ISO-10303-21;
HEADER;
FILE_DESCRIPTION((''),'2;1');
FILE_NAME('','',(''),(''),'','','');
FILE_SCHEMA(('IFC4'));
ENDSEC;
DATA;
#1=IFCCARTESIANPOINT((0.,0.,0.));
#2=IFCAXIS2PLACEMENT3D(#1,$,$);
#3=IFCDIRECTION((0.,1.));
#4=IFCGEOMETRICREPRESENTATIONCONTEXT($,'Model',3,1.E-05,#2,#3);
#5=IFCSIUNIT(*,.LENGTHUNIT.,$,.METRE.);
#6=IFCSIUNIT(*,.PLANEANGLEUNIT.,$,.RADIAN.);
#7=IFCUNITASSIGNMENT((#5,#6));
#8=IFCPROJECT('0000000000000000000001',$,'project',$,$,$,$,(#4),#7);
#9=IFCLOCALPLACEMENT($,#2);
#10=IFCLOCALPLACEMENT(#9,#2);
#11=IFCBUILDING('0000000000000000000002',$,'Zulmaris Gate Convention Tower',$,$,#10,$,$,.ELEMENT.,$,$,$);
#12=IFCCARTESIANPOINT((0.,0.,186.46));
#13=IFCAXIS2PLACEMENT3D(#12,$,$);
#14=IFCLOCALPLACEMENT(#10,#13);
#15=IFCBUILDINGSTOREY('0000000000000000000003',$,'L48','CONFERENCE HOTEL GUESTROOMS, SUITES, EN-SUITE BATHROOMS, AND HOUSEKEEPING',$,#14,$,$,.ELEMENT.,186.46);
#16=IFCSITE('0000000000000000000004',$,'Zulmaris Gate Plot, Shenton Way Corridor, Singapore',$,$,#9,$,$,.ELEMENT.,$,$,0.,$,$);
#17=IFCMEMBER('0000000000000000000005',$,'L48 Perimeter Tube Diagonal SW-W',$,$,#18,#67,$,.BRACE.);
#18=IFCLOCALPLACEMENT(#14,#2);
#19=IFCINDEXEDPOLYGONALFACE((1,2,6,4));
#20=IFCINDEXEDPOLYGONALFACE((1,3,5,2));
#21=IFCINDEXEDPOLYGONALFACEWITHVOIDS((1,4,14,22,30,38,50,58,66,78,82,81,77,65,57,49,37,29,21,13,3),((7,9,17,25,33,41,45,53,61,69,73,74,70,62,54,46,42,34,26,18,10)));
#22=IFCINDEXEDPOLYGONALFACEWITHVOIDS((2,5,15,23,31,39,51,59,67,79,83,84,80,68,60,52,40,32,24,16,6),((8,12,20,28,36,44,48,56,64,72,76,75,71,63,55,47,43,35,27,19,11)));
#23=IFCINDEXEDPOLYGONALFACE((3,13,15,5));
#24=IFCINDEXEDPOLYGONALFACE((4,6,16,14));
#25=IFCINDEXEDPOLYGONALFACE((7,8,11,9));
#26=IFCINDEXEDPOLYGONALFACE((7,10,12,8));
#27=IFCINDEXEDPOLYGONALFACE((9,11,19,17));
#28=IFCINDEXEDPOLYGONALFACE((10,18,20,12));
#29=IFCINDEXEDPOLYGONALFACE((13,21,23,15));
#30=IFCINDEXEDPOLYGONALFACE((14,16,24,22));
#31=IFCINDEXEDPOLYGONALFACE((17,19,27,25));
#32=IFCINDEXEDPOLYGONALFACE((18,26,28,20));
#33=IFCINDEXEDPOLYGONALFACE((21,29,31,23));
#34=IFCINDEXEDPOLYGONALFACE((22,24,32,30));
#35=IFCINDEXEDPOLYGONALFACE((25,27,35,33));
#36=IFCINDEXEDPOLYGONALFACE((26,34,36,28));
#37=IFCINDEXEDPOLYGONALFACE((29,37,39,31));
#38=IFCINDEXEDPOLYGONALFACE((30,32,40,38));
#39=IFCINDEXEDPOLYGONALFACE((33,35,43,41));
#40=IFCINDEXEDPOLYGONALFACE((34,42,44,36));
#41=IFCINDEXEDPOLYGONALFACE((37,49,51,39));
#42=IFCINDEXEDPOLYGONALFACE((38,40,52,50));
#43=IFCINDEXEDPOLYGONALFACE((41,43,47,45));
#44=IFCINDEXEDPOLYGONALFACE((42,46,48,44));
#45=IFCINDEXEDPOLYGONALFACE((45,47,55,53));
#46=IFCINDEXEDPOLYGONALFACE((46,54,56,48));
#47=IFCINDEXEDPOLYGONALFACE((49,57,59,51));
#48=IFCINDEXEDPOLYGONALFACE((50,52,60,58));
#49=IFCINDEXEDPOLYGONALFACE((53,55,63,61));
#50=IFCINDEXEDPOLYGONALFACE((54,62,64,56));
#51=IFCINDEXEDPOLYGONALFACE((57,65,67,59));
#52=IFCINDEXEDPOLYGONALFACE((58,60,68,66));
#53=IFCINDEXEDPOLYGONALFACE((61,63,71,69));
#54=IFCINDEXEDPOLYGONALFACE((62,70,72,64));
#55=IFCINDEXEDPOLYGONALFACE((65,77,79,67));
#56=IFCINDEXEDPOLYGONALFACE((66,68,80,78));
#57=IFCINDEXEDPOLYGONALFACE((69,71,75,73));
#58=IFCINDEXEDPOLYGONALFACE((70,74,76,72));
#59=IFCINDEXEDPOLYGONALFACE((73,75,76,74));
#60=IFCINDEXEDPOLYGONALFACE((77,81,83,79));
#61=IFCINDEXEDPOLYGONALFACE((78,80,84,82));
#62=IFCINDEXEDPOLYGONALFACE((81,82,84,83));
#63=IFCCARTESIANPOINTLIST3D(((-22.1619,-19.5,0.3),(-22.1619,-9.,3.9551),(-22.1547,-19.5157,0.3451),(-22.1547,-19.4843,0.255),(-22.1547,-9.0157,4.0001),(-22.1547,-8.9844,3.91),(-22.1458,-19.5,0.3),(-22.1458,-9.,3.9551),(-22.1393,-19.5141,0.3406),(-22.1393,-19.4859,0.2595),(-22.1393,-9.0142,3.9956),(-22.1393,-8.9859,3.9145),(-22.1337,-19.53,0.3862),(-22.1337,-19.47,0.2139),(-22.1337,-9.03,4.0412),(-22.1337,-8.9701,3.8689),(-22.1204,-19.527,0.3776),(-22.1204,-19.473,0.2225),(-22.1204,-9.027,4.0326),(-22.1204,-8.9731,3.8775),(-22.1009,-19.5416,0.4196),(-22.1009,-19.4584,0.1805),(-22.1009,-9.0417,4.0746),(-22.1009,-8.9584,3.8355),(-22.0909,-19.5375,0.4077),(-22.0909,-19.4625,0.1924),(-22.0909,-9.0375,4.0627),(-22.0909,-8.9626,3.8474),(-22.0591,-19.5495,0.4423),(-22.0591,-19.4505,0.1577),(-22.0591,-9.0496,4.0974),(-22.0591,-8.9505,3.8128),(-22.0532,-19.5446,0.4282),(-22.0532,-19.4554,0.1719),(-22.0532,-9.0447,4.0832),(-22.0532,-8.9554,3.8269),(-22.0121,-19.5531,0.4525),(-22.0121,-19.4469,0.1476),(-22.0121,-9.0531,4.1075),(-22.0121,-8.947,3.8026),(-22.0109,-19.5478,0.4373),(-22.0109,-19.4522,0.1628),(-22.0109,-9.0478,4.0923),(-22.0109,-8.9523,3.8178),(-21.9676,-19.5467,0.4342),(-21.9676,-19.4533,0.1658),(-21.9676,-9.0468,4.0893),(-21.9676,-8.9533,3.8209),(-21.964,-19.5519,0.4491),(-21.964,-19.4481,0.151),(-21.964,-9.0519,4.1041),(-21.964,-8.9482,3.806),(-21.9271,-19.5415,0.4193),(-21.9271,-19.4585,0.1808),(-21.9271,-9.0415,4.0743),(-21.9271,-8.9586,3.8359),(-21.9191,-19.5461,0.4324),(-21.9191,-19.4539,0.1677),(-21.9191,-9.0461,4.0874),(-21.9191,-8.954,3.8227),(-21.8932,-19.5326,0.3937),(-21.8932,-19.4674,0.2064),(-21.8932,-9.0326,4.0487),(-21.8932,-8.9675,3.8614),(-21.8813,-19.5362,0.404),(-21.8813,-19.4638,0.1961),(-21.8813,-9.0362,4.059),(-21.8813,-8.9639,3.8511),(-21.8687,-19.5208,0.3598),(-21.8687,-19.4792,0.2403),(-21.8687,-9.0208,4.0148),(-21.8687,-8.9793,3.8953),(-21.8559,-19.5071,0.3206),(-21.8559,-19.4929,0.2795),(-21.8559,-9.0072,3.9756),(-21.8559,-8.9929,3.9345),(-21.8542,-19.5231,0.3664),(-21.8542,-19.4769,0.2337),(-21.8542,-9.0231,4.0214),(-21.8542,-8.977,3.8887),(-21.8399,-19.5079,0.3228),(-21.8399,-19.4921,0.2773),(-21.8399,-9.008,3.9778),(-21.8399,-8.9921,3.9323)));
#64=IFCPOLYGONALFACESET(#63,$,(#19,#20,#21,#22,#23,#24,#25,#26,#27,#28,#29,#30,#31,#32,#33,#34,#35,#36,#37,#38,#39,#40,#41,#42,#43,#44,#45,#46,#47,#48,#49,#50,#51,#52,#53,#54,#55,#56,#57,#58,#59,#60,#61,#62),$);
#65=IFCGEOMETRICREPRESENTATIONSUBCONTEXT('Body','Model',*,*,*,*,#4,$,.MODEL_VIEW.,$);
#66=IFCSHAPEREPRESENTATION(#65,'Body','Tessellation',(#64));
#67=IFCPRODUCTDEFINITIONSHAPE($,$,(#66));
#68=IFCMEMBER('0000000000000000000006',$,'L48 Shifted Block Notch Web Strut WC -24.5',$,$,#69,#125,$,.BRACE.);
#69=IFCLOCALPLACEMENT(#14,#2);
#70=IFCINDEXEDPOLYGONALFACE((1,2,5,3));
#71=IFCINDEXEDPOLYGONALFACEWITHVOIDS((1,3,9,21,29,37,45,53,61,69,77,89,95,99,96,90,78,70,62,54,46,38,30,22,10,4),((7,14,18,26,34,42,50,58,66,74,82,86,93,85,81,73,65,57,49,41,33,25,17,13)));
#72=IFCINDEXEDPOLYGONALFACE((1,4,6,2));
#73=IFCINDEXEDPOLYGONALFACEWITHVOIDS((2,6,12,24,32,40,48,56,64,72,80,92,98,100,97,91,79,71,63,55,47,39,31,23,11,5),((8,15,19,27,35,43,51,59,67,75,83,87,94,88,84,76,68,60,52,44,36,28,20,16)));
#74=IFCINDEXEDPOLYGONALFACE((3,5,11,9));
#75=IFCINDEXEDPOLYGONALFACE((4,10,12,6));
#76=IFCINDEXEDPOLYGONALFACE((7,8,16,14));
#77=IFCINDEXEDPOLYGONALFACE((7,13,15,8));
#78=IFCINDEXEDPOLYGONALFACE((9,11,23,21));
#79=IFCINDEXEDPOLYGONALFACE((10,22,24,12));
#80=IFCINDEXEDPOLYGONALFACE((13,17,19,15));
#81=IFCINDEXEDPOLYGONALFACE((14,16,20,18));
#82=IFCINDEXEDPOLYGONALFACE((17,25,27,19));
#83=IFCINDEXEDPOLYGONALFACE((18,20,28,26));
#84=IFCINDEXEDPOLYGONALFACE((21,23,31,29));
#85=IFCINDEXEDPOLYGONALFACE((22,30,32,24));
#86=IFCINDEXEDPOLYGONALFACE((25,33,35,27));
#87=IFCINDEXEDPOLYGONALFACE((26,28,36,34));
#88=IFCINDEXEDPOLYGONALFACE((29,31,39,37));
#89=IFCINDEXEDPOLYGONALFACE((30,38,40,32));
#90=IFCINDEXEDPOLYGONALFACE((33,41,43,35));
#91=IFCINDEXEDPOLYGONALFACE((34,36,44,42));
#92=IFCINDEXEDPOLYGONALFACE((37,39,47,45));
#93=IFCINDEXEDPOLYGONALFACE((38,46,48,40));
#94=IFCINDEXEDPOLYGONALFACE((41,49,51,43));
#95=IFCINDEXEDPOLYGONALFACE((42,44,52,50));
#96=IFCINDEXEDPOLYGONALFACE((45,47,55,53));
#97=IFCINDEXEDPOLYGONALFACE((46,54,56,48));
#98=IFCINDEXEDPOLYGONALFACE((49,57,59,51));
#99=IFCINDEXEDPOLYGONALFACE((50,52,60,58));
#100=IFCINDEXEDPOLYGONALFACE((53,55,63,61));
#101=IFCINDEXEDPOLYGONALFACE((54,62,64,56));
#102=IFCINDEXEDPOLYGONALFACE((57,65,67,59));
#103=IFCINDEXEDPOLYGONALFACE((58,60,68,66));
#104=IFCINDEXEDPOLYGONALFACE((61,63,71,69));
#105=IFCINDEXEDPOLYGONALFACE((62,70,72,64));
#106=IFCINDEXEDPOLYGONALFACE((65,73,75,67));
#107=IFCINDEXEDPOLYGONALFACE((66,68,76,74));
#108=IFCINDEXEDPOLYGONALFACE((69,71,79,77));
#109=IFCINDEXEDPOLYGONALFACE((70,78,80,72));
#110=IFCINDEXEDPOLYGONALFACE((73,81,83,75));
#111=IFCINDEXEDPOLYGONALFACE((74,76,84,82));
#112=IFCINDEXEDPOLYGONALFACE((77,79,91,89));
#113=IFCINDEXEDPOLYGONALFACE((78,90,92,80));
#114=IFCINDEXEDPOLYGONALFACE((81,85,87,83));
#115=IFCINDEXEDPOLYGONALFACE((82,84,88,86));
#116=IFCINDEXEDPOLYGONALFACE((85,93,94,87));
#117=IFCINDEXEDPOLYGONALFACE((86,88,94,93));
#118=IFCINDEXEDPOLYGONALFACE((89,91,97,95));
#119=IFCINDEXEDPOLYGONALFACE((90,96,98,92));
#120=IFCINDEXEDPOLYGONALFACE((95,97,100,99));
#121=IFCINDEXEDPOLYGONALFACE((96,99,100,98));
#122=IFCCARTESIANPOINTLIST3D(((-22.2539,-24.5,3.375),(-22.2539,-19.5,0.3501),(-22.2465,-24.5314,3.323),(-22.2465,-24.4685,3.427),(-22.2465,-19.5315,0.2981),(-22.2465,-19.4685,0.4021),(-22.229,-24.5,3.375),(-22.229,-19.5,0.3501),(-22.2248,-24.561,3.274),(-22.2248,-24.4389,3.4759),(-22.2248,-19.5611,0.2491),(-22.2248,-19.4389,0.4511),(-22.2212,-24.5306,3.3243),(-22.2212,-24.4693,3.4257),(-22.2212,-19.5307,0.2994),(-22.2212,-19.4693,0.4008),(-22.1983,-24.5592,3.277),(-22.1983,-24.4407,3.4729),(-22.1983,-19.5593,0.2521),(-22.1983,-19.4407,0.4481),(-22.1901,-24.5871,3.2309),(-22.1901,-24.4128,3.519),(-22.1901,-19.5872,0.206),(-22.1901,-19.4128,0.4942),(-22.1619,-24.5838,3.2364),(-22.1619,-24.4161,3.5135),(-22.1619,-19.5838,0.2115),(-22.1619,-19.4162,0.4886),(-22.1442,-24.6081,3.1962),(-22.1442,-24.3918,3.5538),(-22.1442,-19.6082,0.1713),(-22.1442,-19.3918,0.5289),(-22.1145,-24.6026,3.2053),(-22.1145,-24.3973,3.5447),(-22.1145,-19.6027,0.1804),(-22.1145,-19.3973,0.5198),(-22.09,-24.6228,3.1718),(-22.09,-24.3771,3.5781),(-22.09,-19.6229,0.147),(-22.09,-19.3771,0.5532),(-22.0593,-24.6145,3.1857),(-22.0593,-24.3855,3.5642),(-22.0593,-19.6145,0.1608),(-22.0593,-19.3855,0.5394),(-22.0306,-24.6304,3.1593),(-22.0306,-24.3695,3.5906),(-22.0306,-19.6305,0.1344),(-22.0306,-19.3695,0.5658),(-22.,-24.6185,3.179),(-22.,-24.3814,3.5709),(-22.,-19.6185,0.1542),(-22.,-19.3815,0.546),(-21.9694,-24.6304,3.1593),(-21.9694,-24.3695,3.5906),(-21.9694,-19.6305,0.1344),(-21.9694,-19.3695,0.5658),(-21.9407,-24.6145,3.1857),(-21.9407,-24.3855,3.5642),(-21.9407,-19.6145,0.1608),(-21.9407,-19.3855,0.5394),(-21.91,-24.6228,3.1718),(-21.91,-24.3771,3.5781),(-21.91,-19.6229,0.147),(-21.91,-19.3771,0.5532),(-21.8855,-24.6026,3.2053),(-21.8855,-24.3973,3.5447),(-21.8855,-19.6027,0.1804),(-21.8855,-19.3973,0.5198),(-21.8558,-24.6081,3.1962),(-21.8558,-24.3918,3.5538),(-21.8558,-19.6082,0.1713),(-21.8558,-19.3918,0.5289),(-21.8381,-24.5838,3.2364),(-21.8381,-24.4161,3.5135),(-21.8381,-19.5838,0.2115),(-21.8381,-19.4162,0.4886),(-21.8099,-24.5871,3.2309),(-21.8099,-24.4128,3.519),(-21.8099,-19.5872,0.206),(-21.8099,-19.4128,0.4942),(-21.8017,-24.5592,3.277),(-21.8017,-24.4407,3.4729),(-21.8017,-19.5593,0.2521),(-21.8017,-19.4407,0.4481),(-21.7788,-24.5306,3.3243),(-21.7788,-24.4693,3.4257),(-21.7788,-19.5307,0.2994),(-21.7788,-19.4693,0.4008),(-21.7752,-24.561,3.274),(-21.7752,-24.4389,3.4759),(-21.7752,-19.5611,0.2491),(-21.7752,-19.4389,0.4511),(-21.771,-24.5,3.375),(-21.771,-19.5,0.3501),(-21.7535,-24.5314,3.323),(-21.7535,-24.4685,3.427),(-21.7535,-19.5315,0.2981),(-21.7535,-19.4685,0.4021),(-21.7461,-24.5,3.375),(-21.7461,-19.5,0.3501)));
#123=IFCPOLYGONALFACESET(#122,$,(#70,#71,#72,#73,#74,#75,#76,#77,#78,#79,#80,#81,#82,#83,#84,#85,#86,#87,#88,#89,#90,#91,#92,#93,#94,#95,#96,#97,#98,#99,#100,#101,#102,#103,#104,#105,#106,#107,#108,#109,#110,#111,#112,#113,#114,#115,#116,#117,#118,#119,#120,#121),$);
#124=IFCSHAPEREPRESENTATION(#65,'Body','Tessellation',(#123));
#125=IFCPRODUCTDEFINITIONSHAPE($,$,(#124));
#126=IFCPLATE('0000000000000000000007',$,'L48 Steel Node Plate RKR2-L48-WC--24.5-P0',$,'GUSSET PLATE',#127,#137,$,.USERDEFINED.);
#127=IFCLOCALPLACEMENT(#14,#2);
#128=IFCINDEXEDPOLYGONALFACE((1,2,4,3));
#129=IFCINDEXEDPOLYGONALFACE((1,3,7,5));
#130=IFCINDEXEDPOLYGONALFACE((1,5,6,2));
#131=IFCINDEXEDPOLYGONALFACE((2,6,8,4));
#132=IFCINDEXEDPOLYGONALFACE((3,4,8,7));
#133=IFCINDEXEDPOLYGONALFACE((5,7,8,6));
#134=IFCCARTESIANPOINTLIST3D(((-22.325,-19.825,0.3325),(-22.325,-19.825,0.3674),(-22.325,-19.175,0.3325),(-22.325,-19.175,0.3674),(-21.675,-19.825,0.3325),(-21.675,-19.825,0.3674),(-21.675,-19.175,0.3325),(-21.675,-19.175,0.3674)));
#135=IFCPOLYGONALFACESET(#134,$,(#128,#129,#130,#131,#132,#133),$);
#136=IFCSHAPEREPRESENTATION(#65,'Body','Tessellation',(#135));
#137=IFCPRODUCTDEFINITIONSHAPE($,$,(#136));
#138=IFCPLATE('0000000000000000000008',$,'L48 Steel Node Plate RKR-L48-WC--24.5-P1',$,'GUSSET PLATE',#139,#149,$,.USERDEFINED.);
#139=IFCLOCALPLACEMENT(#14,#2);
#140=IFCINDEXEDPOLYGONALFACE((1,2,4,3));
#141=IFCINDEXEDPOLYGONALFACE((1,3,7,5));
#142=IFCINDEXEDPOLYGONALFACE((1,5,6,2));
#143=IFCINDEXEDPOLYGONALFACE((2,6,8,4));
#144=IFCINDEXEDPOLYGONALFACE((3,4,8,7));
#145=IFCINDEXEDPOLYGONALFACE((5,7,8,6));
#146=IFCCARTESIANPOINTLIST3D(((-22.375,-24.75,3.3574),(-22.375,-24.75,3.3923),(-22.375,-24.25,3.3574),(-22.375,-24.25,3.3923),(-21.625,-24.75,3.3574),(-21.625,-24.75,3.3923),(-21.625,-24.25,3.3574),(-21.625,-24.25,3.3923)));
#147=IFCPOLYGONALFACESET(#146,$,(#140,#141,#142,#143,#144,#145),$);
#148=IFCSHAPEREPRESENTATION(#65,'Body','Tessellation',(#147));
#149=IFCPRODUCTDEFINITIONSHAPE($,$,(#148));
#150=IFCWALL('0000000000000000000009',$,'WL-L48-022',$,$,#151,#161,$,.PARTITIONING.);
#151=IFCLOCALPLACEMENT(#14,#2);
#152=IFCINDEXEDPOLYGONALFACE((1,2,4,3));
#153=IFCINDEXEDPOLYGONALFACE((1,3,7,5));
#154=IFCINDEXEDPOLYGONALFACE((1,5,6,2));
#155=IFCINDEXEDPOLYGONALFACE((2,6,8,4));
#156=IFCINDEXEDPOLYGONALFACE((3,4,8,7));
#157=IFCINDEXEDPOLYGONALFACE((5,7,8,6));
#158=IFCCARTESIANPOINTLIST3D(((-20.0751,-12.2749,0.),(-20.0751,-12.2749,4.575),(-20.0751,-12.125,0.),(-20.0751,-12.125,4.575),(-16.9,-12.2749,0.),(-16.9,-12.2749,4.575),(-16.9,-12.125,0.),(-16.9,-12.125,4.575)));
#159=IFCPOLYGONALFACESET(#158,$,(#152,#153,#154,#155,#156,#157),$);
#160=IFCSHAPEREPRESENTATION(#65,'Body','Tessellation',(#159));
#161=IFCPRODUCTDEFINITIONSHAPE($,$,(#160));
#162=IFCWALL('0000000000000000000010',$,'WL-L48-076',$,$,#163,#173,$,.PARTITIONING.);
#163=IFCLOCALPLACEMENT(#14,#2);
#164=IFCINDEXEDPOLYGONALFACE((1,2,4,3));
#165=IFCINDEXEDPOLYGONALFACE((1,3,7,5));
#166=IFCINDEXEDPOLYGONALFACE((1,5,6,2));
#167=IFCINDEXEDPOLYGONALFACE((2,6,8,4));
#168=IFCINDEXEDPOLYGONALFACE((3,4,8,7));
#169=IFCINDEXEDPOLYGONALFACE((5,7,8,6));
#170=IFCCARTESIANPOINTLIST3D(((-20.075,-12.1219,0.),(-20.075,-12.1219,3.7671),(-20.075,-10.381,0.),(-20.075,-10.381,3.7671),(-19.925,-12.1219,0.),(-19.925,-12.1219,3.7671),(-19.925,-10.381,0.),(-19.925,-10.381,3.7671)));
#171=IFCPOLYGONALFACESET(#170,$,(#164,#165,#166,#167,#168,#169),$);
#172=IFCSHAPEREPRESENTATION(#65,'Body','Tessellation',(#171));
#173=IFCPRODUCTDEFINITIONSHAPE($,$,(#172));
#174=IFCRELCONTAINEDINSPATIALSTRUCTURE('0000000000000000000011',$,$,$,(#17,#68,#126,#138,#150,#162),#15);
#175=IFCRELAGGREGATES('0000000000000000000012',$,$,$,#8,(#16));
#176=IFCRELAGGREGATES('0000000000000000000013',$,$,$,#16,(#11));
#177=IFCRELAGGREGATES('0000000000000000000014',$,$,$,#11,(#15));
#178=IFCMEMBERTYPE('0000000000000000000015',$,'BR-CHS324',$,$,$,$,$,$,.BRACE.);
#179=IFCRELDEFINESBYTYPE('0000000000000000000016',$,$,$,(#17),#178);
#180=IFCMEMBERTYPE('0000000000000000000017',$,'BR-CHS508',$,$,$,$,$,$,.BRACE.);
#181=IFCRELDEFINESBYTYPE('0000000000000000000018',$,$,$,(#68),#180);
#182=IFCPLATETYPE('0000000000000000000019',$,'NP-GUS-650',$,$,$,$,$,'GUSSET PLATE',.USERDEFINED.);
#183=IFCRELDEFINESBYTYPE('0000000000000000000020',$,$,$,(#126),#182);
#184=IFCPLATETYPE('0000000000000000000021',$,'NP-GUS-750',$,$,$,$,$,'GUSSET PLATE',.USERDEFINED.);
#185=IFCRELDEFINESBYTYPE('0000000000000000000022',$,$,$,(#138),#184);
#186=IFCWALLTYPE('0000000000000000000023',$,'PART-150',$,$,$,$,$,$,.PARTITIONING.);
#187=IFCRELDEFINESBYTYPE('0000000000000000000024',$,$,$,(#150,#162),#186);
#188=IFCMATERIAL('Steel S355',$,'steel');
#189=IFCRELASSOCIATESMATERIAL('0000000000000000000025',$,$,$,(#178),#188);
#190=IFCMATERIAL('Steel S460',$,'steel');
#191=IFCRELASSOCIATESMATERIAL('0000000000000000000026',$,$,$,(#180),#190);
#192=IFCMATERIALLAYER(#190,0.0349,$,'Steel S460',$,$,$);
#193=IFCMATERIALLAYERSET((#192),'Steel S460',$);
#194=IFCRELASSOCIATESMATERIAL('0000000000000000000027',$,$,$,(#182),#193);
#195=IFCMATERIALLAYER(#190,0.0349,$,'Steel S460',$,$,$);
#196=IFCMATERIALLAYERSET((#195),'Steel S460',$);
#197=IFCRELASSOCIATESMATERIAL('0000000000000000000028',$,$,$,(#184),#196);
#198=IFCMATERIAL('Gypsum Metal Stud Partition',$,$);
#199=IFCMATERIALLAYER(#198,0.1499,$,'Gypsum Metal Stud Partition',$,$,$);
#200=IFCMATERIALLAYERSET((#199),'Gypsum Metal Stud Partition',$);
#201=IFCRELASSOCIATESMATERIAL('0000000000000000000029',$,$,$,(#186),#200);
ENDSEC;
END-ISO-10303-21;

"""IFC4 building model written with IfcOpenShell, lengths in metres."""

from ifc_helpers import new_model, si_unit, direction, frame, frame_2d, origin, origin_2d, place, context, subcontext, project, spatial, rectangle, hollow_circle, extrude, material, layer, layer_set, material_profile, profile_set, type_object, element, save


model = new_model("IFC4")

# Units and contexts
model_context = context("Model", 3, precision=1e-05, world=origin(), true_north=direction((0.0, 1.0)))
body_context = subcontext(model_context, "Body", "Model", "MODEL_VIEW")
ifc_project = project(units=[si_unit("LENGTHUNIT", "METRE"), si_unit("PLANEANGLEUNIT", "RADIAN")], contexts=[model_context])

# Site, building, storey
site_placement = place(None, origin())
site = spatial("IfcSite", under=ifc_project, at=site_placement, Name="Zulmaris Gate Plot, Shenton Way Corridor, Singapore", CompositionType="ELEMENT", RefElevation=0.0)
building_placement = place(site_placement, origin())
building = spatial("IfcBuilding", under=site, at=building_placement, Name="Zulmaris Gate Convention Tower", CompositionType="ELEMENT")
storey_placement = place(building_placement, frame((0.0, 0.0, 186.46)))
storey = spatial("IfcBuildingStorey", under=building, at=storey_placement, Name="L48", Description="CONFERENCE HOTEL GUESTROOMS, SUITES, EN-SUITE BATHROOMS, AND HOUSEKEEPING", CompositionType="ELEMENT", Elevation=186.46)

# Members
ifc_material_1 = material(Name="Steel S355", Category="steel")
ifc_material_profile_1 = material_profile(ifc_material_1, hollow_circle(Radius=0.1619, WallThickness=0.0161, at=origin_2d()), Name="CHS 323.9x16")
ifc_profile_set_1 = profile_set([ifc_material_profile_1], Name="Steel S355")
member_type_1 = type_object("IfcMemberType", Name="BR-CHS324", PredefinedType="BRACE", material=ifc_profile_set_1)
member_1_placement = place(storey_placement, frame((-22.0, -19.5, 0.3), z_axis=(0.0, 0.944417, 0.32875), x_axis=(-1.0, 0.0, 0.0)))
element("IfcMember", 1, at=member_1_placement, inside=storey, type_object=member_type_1, Name="L48 Perimeter Tube Diagonal SW-W", PredefinedType="BRACE", context=body_context, shape_type="SweptSolid", body=[
    extrude(hollow_circle(Radius=0.1619, WallThickness=0.0161, at=origin_2d()), origin(), (0.0, 0.0, 1.0), 11.1179),
])
ifc_material_2 = material(Name="Steel S460", Category="steel")
ifc_material_profile_2 = material_profile(ifc_material_2, hollow_circle(Radius=0.2539, WallThickness=0.0249, at=origin_2d()), Name="CHS 508x25")
ifc_profile_set_2 = profile_set([ifc_material_profile_2], Name="Steel S460")
member_type_2 = type_object("IfcMemberType", Name="BR-CHS508", PredefinedType="BRACE", material=ifc_profile_set_2)
member_2_placement = place(storey_placement, frame((-22.0, -19.5, 0.3501), z_axis=(0.0, -0.855607, 0.517626), x_axis=(1.0, 0.0, 0.0)))
element("IfcMember", 2, at=member_2_placement, inside=storey, type_object=member_type_2, Name="L48 Shifted Block Notch Web Strut WC -24.5", PredefinedType="BRACE", context=body_context, shape_type="SweptSolid", body=[
    extrude(hollow_circle(Radius=0.2539, WallThickness=0.0249, at=origin_2d()), origin(), (0.0, 0.0, 1.0), 5.8438),
])

# Plates
ifc_layer_1 = layer(ifc_material_2, 0.0349, Name="Steel S460")
ifc_layer_set_1 = layer_set([ifc_layer_1], Name="Steel S460")
plate_type_1 = type_object("IfcPlateType", Name="NP-GUS-650", ElementType="GUSSET PLATE", PredefinedType="USERDEFINED", material=ifc_layer_set_1)
plate_1_placement = place(storey_placement, frame((-22.0, -19.5, 0.3325), z_axis=(0.0, 0.0, 1.0), x_axis=(1.0, 0.0, 0.0)))
element("IfcPlate", 3, at=plate_1_placement, inside=storey, type_object=plate_type_1, Name="L48 Steel Node Plate RKR2-L48-WC--24.5-P0", ObjectType="GUSSET PLATE", PredefinedType="USERDEFINED", context=body_context, shape_type="SweptSolid", body=[
    extrude(rectangle(XDim=0.6499, YDim=0.6499, at=origin_2d()), origin(), (0.0, 0.0, 1.0), 0.0349),
])
ifc_layer_2 = layer(ifc_material_2, 0.0349, Name="Steel S460")
ifc_layer_set_2 = layer_set([ifc_layer_2], Name="Steel S460")
plate_type_2 = type_object("IfcPlateType", Name="NP-GUS-750", ElementType="GUSSET PLATE", PredefinedType="USERDEFINED", material=ifc_layer_set_2)
plate_2_placement = place(storey_placement, frame((-22.0, -24.5, 3.3574), z_axis=(0.0, 0.0, 1.0), x_axis=(1.0, 0.0, 0.0)))
element("IfcPlate", 4, at=plate_2_placement, inside=storey, type_object=plate_type_2, Name="L48 Steel Node Plate RKR-L48-WC--24.5-P1", ObjectType="GUSSET PLATE", PredefinedType="USERDEFINED", context=body_context, shape_type="SweptSolid", body=[
    extrude(rectangle(XDim=0.75, YDim=0.5, at=origin_2d()), origin(), (0.0, 0.0, 1.0), 0.0349),
])

# Walls
ifc_material_3 = material(Name="Gypsum Metal Stud Partition")
ifc_layer_3 = layer(ifc_material_3, 0.1499, Name="Gypsum Metal Stud Partition")
ifc_layer_set_3 = layer_set([ifc_layer_3], Name="Gypsum Metal Stud Partition")
wall_type_1 = type_object("IfcWallType", Name="PART-150", PredefinedType="PARTITIONING", material=ifc_layer_set_3)
wall_1_placement = place(storey_placement, frame((-20.075, -12.2, 0.0), z_axis=(0.0, 0.0, 1.0), x_axis=(1.0, 0.0, 0.0)))
element("IfcWall", 5, at=wall_1_placement, inside=storey, type_object=wall_type_1, Name="WL-L48-022", PredefinedType="PARTITIONING", context=body_context, shape_type="SweptSolid", body=[
    extrude(rectangle(XDim=3.175, YDim=0.1499, at=frame_2d((1.5874, 0.0))), origin(), (0.0, 0.0, 1.0), 4.575),
])
wall_2_placement = place(storey_placement, frame((-20.0, -12.1221, 0.0), z_axis=(0.0, 0.0, 1.0), x_axis=(0.0, 1.0, 0.0)))
element("IfcWall", 6, at=wall_2_placement, inside=storey, type_object=wall_type_1, Name="WL-L48-076", PredefinedType="PARTITIONING", context=body_context, shape_type="SweptSolid", body=[
    extrude(rectangle(XDim=1.741, YDim=0.1499, at=frame_2d((0.8706, 0.0))), origin(), (0.0, 0.0, 1.0), 3.7671),
])

save(model, "model.ifc")
